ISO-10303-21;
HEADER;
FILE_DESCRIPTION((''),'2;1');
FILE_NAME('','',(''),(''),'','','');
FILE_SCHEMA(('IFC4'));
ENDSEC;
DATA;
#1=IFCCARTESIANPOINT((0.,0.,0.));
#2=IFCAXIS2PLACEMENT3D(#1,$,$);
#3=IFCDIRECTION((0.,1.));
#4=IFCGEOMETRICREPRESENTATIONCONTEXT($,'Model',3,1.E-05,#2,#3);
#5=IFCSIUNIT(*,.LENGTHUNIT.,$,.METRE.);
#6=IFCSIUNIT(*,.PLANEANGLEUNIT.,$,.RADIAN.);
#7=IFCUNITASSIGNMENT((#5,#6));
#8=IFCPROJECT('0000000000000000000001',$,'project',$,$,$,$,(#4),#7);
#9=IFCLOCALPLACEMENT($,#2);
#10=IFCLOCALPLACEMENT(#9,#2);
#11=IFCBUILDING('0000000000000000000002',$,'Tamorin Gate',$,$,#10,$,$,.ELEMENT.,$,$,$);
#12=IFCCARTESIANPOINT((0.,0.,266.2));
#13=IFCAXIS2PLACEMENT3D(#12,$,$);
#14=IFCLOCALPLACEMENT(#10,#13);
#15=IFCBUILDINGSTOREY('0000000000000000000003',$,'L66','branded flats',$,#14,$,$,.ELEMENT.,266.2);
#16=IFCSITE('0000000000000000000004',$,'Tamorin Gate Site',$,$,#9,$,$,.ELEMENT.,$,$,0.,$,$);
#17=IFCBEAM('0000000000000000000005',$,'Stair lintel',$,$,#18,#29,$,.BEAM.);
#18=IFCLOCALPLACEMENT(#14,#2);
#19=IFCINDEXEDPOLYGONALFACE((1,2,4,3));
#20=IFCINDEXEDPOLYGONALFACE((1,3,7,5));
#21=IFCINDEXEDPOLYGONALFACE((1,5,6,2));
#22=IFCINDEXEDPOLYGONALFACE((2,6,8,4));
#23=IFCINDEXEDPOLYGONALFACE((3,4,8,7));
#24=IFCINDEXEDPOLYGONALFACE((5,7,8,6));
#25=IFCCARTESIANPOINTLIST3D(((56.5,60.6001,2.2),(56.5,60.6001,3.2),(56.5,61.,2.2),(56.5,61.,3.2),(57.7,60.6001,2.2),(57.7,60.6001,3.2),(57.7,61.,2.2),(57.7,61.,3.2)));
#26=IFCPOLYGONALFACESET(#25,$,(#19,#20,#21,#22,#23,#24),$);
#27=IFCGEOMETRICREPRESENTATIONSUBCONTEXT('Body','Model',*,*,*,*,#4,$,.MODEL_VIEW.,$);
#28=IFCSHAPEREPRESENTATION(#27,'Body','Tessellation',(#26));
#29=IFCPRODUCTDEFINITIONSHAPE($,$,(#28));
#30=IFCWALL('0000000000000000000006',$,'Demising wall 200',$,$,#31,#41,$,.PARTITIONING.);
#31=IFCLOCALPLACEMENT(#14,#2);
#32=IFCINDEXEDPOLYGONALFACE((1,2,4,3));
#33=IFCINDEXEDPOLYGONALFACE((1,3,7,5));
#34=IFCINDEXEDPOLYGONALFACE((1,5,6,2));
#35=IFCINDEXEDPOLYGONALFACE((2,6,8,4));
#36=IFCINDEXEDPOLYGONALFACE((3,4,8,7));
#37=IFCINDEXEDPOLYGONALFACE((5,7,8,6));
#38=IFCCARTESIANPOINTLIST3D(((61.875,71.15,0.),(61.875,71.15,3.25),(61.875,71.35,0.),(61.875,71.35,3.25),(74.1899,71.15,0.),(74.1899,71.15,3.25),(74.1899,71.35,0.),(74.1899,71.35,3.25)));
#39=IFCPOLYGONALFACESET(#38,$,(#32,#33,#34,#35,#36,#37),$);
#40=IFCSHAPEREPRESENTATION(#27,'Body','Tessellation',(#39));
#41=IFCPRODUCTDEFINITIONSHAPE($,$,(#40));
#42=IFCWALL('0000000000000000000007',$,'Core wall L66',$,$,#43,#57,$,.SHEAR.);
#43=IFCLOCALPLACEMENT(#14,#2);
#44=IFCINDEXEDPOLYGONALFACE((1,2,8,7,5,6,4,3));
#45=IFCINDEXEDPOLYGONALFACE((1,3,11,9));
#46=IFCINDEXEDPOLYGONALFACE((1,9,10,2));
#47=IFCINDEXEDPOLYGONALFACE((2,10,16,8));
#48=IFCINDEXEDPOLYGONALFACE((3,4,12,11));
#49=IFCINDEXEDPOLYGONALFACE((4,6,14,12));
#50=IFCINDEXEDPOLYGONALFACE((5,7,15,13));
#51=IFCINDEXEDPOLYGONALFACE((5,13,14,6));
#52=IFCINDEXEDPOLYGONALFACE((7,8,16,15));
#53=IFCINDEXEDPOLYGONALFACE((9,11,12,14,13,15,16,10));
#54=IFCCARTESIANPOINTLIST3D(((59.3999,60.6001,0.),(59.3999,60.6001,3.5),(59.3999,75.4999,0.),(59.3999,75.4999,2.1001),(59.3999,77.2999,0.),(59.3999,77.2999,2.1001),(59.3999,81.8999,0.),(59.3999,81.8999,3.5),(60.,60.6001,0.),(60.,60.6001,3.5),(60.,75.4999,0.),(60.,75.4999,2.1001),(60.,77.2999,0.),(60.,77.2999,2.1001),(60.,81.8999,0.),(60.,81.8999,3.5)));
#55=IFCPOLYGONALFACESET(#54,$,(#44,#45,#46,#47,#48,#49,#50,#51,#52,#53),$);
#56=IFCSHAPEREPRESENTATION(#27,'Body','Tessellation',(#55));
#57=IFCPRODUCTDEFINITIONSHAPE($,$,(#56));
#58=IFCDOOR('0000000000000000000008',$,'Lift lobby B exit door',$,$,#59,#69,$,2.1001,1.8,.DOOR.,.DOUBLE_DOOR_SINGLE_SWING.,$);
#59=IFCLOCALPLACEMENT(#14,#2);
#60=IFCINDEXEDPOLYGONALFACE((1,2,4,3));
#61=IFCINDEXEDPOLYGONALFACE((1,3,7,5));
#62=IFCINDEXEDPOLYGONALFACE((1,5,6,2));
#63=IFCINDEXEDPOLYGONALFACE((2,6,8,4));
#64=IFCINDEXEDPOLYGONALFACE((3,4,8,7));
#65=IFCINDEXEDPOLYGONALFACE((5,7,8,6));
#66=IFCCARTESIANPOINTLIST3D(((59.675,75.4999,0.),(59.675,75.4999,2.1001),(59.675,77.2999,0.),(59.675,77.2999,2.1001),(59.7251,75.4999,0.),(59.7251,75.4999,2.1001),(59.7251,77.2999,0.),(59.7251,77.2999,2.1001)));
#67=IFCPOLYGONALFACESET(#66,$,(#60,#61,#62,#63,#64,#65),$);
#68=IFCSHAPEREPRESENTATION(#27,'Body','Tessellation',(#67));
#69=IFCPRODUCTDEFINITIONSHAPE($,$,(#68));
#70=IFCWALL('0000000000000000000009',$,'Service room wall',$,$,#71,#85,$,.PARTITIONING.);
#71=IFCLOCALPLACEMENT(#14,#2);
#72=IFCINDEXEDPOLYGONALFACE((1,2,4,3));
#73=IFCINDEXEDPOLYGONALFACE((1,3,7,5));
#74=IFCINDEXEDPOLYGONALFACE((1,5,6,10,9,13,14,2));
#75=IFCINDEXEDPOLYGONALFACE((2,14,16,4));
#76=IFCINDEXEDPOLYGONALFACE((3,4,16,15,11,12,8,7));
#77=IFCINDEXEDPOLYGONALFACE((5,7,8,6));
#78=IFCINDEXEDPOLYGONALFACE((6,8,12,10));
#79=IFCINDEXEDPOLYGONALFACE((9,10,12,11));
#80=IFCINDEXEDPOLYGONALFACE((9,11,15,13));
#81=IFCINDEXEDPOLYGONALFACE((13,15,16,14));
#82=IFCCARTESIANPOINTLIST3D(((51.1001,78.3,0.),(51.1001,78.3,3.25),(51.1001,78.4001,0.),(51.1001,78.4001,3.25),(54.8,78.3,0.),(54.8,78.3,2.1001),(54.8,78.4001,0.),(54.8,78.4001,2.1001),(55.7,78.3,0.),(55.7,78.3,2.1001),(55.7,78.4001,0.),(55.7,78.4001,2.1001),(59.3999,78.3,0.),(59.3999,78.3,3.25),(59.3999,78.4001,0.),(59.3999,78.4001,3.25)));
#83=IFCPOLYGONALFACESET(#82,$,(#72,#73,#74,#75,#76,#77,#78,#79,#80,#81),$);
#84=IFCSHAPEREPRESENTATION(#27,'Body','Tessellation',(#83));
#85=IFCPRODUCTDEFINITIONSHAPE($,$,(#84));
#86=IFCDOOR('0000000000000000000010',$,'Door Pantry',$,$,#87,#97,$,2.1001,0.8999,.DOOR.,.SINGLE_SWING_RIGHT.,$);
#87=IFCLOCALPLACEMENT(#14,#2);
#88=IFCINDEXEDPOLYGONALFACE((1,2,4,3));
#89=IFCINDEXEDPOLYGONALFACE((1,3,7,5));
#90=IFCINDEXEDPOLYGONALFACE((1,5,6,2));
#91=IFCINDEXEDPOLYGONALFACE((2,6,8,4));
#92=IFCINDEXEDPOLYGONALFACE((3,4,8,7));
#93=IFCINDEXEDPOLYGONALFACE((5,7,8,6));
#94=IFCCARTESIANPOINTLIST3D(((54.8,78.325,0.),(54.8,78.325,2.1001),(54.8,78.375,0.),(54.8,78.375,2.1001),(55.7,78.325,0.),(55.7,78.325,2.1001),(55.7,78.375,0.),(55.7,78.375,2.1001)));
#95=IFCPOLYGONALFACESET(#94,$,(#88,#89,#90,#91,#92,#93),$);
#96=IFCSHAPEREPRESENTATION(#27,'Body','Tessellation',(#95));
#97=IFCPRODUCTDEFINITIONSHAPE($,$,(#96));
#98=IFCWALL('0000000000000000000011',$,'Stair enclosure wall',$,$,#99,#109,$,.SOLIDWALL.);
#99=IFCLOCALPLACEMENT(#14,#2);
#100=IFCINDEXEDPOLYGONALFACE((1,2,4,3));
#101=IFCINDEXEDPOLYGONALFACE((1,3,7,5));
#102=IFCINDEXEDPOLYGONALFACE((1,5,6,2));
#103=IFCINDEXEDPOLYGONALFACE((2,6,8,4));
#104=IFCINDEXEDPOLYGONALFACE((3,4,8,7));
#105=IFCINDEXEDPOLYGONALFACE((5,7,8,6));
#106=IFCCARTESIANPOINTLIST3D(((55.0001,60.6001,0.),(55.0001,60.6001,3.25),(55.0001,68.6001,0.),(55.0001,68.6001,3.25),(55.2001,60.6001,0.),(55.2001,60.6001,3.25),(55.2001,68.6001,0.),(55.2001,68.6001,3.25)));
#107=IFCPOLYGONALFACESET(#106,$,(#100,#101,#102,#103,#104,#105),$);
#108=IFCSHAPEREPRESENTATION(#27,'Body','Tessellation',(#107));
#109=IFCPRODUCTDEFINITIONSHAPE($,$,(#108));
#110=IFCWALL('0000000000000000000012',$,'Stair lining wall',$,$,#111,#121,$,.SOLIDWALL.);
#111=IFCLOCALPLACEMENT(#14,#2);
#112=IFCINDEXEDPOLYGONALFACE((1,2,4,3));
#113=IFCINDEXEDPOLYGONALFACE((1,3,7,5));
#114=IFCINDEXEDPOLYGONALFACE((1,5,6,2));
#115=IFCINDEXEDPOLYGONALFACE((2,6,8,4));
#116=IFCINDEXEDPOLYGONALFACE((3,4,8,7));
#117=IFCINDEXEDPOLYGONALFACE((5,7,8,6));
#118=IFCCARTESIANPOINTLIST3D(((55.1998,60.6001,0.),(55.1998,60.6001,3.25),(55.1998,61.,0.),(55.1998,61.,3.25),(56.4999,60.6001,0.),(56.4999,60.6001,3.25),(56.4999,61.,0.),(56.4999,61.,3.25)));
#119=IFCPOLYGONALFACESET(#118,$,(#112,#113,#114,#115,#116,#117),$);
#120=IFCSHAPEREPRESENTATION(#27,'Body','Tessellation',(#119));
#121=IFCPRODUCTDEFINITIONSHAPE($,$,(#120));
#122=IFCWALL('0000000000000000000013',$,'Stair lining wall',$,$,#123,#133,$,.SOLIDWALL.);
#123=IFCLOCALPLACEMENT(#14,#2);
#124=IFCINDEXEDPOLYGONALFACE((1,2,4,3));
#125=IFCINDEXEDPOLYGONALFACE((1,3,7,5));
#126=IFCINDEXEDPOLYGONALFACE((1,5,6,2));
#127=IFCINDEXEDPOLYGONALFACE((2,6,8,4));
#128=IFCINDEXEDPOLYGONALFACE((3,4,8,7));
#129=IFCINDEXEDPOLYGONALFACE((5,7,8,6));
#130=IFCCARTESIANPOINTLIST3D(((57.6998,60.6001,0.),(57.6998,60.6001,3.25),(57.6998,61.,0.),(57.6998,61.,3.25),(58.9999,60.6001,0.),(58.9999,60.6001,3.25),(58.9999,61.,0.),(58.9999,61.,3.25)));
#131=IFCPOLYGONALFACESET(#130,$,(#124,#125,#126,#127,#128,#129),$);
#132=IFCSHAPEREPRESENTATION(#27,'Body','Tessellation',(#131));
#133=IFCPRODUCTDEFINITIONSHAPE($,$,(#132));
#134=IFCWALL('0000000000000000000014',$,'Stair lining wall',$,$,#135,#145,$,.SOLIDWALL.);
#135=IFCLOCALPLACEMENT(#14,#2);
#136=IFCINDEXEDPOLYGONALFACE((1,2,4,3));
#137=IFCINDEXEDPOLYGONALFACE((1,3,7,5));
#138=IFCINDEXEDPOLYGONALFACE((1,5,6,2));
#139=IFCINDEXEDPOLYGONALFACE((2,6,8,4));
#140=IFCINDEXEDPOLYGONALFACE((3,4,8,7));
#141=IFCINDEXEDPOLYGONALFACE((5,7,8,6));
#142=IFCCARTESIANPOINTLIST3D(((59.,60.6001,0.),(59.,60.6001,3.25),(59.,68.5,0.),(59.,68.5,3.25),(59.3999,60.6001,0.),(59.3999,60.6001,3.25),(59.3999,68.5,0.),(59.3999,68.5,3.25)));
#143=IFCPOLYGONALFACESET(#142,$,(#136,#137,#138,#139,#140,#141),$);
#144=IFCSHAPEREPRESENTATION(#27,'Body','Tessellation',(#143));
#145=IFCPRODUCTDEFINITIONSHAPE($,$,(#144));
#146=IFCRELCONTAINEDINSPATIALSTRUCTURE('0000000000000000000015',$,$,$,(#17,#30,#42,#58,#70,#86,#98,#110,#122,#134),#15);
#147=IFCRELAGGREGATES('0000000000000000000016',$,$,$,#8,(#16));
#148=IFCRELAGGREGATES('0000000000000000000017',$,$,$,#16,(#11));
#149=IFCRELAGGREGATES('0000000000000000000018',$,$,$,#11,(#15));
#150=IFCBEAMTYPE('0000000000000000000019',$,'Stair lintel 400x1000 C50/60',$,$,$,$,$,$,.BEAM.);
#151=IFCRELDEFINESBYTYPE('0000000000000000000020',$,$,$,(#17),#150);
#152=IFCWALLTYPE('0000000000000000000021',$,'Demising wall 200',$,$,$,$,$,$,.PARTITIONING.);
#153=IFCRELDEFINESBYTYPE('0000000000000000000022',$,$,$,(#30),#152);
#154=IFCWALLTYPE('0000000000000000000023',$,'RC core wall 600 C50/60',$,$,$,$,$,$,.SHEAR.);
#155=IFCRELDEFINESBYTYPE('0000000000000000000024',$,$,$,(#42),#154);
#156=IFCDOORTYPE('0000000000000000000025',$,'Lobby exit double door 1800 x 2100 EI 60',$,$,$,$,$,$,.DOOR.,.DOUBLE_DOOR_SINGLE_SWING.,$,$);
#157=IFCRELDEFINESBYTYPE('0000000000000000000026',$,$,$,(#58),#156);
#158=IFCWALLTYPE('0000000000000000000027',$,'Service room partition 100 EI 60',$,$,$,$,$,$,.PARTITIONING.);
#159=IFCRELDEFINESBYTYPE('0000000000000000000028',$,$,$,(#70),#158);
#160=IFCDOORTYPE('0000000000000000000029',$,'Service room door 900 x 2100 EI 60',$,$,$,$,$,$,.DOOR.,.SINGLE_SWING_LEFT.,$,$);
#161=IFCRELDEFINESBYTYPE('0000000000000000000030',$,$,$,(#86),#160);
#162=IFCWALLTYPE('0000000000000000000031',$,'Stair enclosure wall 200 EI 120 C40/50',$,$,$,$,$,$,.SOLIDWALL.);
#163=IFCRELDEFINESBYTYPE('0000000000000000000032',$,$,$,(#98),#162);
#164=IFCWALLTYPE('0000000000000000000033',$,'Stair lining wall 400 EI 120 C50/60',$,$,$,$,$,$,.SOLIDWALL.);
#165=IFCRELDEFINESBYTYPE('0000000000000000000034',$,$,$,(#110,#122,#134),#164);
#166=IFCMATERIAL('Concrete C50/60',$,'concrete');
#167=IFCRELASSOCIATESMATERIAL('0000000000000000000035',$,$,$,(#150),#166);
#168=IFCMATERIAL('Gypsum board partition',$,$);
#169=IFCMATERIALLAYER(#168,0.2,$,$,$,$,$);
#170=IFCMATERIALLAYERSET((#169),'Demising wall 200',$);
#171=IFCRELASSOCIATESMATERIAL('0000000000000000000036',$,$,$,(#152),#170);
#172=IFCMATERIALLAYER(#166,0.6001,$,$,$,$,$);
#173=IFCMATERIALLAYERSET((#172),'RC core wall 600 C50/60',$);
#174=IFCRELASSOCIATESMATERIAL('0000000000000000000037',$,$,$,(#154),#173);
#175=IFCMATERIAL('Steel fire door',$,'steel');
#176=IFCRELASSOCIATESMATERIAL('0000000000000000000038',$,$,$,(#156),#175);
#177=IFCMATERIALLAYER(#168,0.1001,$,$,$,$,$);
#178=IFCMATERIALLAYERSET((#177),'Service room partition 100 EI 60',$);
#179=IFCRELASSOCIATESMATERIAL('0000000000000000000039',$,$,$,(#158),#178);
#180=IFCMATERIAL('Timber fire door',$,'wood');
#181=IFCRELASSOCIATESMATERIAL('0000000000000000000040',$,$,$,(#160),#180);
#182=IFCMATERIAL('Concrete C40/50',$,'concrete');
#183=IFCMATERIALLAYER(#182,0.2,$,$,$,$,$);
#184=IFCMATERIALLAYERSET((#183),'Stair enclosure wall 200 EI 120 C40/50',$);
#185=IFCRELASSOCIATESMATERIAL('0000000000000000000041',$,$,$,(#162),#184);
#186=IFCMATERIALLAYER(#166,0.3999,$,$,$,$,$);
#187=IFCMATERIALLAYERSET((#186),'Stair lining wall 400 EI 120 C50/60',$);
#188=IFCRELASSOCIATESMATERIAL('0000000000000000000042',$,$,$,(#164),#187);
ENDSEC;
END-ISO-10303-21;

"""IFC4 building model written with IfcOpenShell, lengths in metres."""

from ifc_helpers import new_model, si_unit, direction, frame, frame_2d, origin, origin_2d, place, context, subcontext, project, spatial, rectangle, extrude, material, layer, layer_set, material_profile, profile_set, type_object, element, fill, save


model = new_model("IFC4")

# Units and contexts
model_context = context("Model", 3, precision=1e-05, world=origin(), true_north=direction((0.0, 1.0)))
body_context = subcontext(model_context, "Body", "Model", "MODEL_VIEW")
ifc_project = project(units=[si_unit("LENGTHUNIT", "METRE"), si_unit("PLANEANGLEUNIT", "RADIAN")], contexts=[model_context])

# Site, building, storey
site_placement = place(None, origin())
site = spatial("IfcSite", under=ifc_project, at=site_placement, Name="Tamorin Gate Site", CompositionType="ELEMENT", RefElevation=0.0)
building_placement = place(site_placement, origin())
building = spatial("IfcBuilding", under=site, at=building_placement, Name="Tamorin Gate", CompositionType="ELEMENT")
storey_placement = place(building_placement, frame((0.0, 0.0, 266.2)))
storey = spatial("IfcBuildingStorey", under=building, at=storey_placement, Name="L66", Description="branded flats", CompositionType="ELEMENT", Elevation=266.2)

# Beam
ifc_material_1 = material(Name="Concrete C50/60", Category="concrete")
ifc_material_profile = material_profile(ifc_material_1, rectangle(XDim=0.3999, YDim=1.0, at=origin_2d()))
ifc_profile_set = profile_set([ifc_material_profile], Name="Concrete C50/60")
beam_type = type_object("IfcBeamType", Name="Stair lintel 400x1000 C50/60", PredefinedType="BEAM", material=ifc_profile_set)
beam_placement = place(storey_placement, frame((56.5, 60.8, 2.7), z_axis=(1.0, 0.0, 0.0), x_axis=(0.0, 1.0, 0.0)))
element("IfcBeam", 1, at=beam_placement, inside=storey, type_object=beam_type, Name="Stair lintel", PredefinedType="BEAM", context=body_context, shape_type="SweptSolid", body=[
    extrude(rectangle(XDim=0.3999, YDim=1.0, at=origin_2d()), origin(), (0.0, 0.0, 1.0), 1.2),
])

# Wall
ifc_material_2 = material(Name="Gypsum board partition")
ifc_layer_1 = layer(ifc_material_2, 0.2)
ifc_layer_set_1 = layer_set([ifc_layer_1], Name="Demising wall 200")
wall_type_1 = type_object("IfcWallType", Name="Demising wall 200", PredefinedType="PARTITIONING", material=ifc_layer_set_1)
wall_1_placement = place(storey_placement, frame((61.875, 71.25, 0.0), z_axis=(0.0, 0.0, 1.0), x_axis=(1.0, 0.0, 0.0)))
element("IfcWall", 2, at=wall_1_placement, inside=storey, type_object=wall_type_1, Name="Demising wall 200", PredefinedType="PARTITIONING", context=body_context, shape_type="SweptSolid", body=[
    extrude(rectangle(XDim=12.3149, YDim=0.2, at=frame_2d((6.1575, 0.0))), origin(), (0.0, 0.0, 1.0), 3.25),
])

# Walls, openings, doors
ifc_layer_2 = layer(ifc_material_1, 0.6001)
ifc_layer_set_2 = layer_set([ifc_layer_2], Name="RC core wall 600 C50/60")
wall_type_2 = type_object("IfcWallType", Name="RC core wall 600 C50/60", PredefinedType="SHEAR", material=ifc_layer_set_2)
wall_2_placement = place(storey_placement, frame((59.7, 60.6001, 0.0), z_axis=(0.0, 0.0, 1.0), x_axis=(0.0, 1.0, 0.0)))
wall_2 = element("IfcWall", 3, at=wall_2_placement, inside=storey, type_object=wall_type_2, Name="Core wall L66", PredefinedType="SHEAR", context=body_context, shape_type="SweptSolid", body=[
    extrude(rectangle(XDim=21.2998, YDim=0.6001, at=frame_2d((10.6499, 0.0))), origin(), (0.0, 0.0, 1.0), 3.5),
])
opening_1_placement = place(wall_2_placement, frame((14.8999, 0.0, 0.0)))
opening_1 = element("IfcOpeningElement", 4, at=opening_1_placement, cuts=wall_2, PredefinedType="OPENING", context=body_context, shape_type="SweptSolid", body=[
    extrude(rectangle(XDim=1.8, YDim=2.1001, at=frame_2d((0.8999, 1.05))), frame((0.0, 0.3101, 0.0), z_axis=(0.0, -1.0, 0.0), x_axis=(1.0, 0.0, 0.0)), (0.0, 0.0, 1.0), 0.6201),
])
ifc_material_3 = material(Name="Steel fire door", Category="steel")
door_type_1 = type_object("IfcDoorType", Name="Lobby exit double door 1800 x 2100 EI 60", OperationType="DOUBLE_DOOR_SINGLE_SWING", PredefinedType="DOOR", material=ifc_material_3)
door_1_placement = place(opening_1_placement, origin())
door_1 = element("IfcDoor", 5, at=door_1_placement, inside=storey, type_object=door_type_1, Name="Lift lobby B exit door", OperationType="DOUBLE_DOOR_SINGLE_SWING", OverallHeight=2.1001, OverallWidth=1.8, PredefinedType="DOOR", context=body_context, shape_type="SweptSolid", body=[
    extrude(rectangle(XDim=1.8, YDim=2.1001, at=frame_2d((0.8999, 1.05))), frame((0.0, 0.0249, 0.0), z_axis=(0.0, -1.0, 0.0), x_axis=(1.0, 0.0, 0.0)), (0.0, 0.0, 1.0), 0.05),
])
fill(opening_1, door_1)
ifc_layer_3 = layer(ifc_material_2, 0.1001)
ifc_layer_set_3 = layer_set([ifc_layer_3], Name="Service room partition 100 EI 60")
wall_type_3 = type_object("IfcWallType", Name="Service room partition 100 EI 60", PredefinedType="PARTITIONING", material=ifc_layer_set_3)
wall_3_placement = place(storey_placement, frame((51.1001, 78.3501, 0.0), z_axis=(0.0, 0.0, 1.0), x_axis=(1.0, 0.0, 0.0)))
wall_3 = element("IfcWall", 6, at=wall_3_placement, inside=storey, type_object=wall_type_3, Name="Service room wall", PredefinedType="PARTITIONING", context=body_context, shape_type="SweptSolid", body=[
    extrude(rectangle(XDim=8.2998, YDim=0.1001, at=frame_2d((4.1499, 0.0))), origin(), (0.0, 0.0, 1.0), 3.25),
])
opening_2_placement = place(wall_3_placement, frame((3.7, 0.0, 0.0)))
opening_2 = element("IfcOpeningElement", 7, at=opening_2_placement, cuts=wall_3, PredefinedType="OPENING", context=body_context, shape_type="SweptSolid", body=[
    extrude(rectangle(XDim=0.8999, YDim=2.1001, at=frame_2d((0.45, 1.05))), frame((0.0, 0.0601, 0.0), z_axis=(0.0, -1.0, 0.0), x_axis=(1.0, 0.0, 0.0)), (0.0, 0.0, 1.0), 0.1201),
])
ifc_material_4 = material(Name="Timber fire door", Category="wood")
door_type_2 = type_object("IfcDoorType", Name="Service room door 900 x 2100 EI 60", OperationType="SINGLE_SWING_LEFT", PredefinedType="DOOR", material=ifc_material_4)
door_2_placement = place(opening_2_placement, origin())
door_2 = element("IfcDoor", 8, at=door_2_placement, inside=storey, type_object=door_type_2, Name="Door Pantry", OperationType="SINGLE_SWING_RIGHT", OverallHeight=2.1001, OverallWidth=0.8999, PredefinedType="DOOR", context=body_context, shape_type="SweptSolid", body=[
    extrude(rectangle(XDim=0.8999, YDim=2.1001, at=frame_2d((0.45, 1.05))), frame((0.0, 0.0249, 0.0), z_axis=(0.0, -1.0, 0.0), x_axis=(1.0, 0.0, 0.0)), (0.0, 0.0, 1.0), 0.05),
])
fill(opening_2, door_2)

# Walls
ifc_material_5 = material(Name="Concrete C40/50", Category="concrete")
ifc_layer_4 = layer(ifc_material_5, 0.2)
ifc_layer_set_4 = layer_set([ifc_layer_4], Name="Stair enclosure wall 200 EI 120 C40/50")
wall_type_4 = type_object("IfcWallType", Name="Stair enclosure wall 200 EI 120 C40/50", PredefinedType="SOLIDWALL", material=ifc_layer_set_4)
wall_4_placement = place(storey_placement, frame((55.1001, 60.6001, 0.0), z_axis=(0.0, 0.0, 1.0), x_axis=(0.0, 1.0, 0.0)))
element("IfcWall", 9, at=wall_4_placement, inside=storey, type_object=wall_type_4, Name="Stair enclosure wall", PredefinedType="SOLIDWALL", context=body_context, shape_type="SweptSolid", body=[
    extrude(rectangle(XDim=8.0, YDim=0.2, at=frame_2d((4.0, 0.0))), origin(), (0.0, 0.0, 1.0), 3.25),
])
ifc_layer_5 = layer(ifc_material_1, 0.3999)
ifc_layer_set_5 = layer_set([ifc_layer_5], Name="Stair lining wall 400 EI 120 C50/60")
wall_type_5 = type_object("IfcWallType", Name="Stair lining wall 400 EI 120 C50/60", PredefinedType="SOLIDWALL", material=ifc_layer_set_5)
for number, where, z_axis, x_axis, name in (
    (10, (55.2, 60.8, 0.0), (0.0, 0.0, 1.0), (1.0, 0.0, 0.0), "Stair lining wall"),
    (11, (57.7, 60.8, 0.0), (0.0, 0.0, 1.0), (1.0, 0.0, 0.0), "Stair lining wall"),
):
    element("IfcWall", number, at=place(storey_placement, frame(where, z_axis=z_axis, x_axis=x_axis)), inside=storey, type_object=wall_type_5, Name=name, PredefinedType="SOLIDWALL", context=body_context, shape_type="SweptSolid", body=[
        extrude(rectangle(XDim=1.3, YDim=0.3999, at=frame_2d((0.6499, 0.0))), origin(), (0.0, 0.0, 1.0), 3.25),
    ])
wall_5_placement = place(storey_placement, frame((59.2, 60.6001, 0.0), z_axis=(0.0, 0.0, 1.0), x_axis=(0.0, 1.0, 0.0)))
element("IfcWall", 12, at=wall_5_placement, inside=storey, type_object=wall_type_5, Name="Stair lining wall", PredefinedType="SOLIDWALL", context=body_context, shape_type="SweptSolid", body=[
    extrude(rectangle(XDim=7.8999, YDim=0.3999, at=frame_2d((3.95, 0.0))), origin(), (0.0, 0.0, 1.0), 3.25),
])

save(model, "model.ifc")
